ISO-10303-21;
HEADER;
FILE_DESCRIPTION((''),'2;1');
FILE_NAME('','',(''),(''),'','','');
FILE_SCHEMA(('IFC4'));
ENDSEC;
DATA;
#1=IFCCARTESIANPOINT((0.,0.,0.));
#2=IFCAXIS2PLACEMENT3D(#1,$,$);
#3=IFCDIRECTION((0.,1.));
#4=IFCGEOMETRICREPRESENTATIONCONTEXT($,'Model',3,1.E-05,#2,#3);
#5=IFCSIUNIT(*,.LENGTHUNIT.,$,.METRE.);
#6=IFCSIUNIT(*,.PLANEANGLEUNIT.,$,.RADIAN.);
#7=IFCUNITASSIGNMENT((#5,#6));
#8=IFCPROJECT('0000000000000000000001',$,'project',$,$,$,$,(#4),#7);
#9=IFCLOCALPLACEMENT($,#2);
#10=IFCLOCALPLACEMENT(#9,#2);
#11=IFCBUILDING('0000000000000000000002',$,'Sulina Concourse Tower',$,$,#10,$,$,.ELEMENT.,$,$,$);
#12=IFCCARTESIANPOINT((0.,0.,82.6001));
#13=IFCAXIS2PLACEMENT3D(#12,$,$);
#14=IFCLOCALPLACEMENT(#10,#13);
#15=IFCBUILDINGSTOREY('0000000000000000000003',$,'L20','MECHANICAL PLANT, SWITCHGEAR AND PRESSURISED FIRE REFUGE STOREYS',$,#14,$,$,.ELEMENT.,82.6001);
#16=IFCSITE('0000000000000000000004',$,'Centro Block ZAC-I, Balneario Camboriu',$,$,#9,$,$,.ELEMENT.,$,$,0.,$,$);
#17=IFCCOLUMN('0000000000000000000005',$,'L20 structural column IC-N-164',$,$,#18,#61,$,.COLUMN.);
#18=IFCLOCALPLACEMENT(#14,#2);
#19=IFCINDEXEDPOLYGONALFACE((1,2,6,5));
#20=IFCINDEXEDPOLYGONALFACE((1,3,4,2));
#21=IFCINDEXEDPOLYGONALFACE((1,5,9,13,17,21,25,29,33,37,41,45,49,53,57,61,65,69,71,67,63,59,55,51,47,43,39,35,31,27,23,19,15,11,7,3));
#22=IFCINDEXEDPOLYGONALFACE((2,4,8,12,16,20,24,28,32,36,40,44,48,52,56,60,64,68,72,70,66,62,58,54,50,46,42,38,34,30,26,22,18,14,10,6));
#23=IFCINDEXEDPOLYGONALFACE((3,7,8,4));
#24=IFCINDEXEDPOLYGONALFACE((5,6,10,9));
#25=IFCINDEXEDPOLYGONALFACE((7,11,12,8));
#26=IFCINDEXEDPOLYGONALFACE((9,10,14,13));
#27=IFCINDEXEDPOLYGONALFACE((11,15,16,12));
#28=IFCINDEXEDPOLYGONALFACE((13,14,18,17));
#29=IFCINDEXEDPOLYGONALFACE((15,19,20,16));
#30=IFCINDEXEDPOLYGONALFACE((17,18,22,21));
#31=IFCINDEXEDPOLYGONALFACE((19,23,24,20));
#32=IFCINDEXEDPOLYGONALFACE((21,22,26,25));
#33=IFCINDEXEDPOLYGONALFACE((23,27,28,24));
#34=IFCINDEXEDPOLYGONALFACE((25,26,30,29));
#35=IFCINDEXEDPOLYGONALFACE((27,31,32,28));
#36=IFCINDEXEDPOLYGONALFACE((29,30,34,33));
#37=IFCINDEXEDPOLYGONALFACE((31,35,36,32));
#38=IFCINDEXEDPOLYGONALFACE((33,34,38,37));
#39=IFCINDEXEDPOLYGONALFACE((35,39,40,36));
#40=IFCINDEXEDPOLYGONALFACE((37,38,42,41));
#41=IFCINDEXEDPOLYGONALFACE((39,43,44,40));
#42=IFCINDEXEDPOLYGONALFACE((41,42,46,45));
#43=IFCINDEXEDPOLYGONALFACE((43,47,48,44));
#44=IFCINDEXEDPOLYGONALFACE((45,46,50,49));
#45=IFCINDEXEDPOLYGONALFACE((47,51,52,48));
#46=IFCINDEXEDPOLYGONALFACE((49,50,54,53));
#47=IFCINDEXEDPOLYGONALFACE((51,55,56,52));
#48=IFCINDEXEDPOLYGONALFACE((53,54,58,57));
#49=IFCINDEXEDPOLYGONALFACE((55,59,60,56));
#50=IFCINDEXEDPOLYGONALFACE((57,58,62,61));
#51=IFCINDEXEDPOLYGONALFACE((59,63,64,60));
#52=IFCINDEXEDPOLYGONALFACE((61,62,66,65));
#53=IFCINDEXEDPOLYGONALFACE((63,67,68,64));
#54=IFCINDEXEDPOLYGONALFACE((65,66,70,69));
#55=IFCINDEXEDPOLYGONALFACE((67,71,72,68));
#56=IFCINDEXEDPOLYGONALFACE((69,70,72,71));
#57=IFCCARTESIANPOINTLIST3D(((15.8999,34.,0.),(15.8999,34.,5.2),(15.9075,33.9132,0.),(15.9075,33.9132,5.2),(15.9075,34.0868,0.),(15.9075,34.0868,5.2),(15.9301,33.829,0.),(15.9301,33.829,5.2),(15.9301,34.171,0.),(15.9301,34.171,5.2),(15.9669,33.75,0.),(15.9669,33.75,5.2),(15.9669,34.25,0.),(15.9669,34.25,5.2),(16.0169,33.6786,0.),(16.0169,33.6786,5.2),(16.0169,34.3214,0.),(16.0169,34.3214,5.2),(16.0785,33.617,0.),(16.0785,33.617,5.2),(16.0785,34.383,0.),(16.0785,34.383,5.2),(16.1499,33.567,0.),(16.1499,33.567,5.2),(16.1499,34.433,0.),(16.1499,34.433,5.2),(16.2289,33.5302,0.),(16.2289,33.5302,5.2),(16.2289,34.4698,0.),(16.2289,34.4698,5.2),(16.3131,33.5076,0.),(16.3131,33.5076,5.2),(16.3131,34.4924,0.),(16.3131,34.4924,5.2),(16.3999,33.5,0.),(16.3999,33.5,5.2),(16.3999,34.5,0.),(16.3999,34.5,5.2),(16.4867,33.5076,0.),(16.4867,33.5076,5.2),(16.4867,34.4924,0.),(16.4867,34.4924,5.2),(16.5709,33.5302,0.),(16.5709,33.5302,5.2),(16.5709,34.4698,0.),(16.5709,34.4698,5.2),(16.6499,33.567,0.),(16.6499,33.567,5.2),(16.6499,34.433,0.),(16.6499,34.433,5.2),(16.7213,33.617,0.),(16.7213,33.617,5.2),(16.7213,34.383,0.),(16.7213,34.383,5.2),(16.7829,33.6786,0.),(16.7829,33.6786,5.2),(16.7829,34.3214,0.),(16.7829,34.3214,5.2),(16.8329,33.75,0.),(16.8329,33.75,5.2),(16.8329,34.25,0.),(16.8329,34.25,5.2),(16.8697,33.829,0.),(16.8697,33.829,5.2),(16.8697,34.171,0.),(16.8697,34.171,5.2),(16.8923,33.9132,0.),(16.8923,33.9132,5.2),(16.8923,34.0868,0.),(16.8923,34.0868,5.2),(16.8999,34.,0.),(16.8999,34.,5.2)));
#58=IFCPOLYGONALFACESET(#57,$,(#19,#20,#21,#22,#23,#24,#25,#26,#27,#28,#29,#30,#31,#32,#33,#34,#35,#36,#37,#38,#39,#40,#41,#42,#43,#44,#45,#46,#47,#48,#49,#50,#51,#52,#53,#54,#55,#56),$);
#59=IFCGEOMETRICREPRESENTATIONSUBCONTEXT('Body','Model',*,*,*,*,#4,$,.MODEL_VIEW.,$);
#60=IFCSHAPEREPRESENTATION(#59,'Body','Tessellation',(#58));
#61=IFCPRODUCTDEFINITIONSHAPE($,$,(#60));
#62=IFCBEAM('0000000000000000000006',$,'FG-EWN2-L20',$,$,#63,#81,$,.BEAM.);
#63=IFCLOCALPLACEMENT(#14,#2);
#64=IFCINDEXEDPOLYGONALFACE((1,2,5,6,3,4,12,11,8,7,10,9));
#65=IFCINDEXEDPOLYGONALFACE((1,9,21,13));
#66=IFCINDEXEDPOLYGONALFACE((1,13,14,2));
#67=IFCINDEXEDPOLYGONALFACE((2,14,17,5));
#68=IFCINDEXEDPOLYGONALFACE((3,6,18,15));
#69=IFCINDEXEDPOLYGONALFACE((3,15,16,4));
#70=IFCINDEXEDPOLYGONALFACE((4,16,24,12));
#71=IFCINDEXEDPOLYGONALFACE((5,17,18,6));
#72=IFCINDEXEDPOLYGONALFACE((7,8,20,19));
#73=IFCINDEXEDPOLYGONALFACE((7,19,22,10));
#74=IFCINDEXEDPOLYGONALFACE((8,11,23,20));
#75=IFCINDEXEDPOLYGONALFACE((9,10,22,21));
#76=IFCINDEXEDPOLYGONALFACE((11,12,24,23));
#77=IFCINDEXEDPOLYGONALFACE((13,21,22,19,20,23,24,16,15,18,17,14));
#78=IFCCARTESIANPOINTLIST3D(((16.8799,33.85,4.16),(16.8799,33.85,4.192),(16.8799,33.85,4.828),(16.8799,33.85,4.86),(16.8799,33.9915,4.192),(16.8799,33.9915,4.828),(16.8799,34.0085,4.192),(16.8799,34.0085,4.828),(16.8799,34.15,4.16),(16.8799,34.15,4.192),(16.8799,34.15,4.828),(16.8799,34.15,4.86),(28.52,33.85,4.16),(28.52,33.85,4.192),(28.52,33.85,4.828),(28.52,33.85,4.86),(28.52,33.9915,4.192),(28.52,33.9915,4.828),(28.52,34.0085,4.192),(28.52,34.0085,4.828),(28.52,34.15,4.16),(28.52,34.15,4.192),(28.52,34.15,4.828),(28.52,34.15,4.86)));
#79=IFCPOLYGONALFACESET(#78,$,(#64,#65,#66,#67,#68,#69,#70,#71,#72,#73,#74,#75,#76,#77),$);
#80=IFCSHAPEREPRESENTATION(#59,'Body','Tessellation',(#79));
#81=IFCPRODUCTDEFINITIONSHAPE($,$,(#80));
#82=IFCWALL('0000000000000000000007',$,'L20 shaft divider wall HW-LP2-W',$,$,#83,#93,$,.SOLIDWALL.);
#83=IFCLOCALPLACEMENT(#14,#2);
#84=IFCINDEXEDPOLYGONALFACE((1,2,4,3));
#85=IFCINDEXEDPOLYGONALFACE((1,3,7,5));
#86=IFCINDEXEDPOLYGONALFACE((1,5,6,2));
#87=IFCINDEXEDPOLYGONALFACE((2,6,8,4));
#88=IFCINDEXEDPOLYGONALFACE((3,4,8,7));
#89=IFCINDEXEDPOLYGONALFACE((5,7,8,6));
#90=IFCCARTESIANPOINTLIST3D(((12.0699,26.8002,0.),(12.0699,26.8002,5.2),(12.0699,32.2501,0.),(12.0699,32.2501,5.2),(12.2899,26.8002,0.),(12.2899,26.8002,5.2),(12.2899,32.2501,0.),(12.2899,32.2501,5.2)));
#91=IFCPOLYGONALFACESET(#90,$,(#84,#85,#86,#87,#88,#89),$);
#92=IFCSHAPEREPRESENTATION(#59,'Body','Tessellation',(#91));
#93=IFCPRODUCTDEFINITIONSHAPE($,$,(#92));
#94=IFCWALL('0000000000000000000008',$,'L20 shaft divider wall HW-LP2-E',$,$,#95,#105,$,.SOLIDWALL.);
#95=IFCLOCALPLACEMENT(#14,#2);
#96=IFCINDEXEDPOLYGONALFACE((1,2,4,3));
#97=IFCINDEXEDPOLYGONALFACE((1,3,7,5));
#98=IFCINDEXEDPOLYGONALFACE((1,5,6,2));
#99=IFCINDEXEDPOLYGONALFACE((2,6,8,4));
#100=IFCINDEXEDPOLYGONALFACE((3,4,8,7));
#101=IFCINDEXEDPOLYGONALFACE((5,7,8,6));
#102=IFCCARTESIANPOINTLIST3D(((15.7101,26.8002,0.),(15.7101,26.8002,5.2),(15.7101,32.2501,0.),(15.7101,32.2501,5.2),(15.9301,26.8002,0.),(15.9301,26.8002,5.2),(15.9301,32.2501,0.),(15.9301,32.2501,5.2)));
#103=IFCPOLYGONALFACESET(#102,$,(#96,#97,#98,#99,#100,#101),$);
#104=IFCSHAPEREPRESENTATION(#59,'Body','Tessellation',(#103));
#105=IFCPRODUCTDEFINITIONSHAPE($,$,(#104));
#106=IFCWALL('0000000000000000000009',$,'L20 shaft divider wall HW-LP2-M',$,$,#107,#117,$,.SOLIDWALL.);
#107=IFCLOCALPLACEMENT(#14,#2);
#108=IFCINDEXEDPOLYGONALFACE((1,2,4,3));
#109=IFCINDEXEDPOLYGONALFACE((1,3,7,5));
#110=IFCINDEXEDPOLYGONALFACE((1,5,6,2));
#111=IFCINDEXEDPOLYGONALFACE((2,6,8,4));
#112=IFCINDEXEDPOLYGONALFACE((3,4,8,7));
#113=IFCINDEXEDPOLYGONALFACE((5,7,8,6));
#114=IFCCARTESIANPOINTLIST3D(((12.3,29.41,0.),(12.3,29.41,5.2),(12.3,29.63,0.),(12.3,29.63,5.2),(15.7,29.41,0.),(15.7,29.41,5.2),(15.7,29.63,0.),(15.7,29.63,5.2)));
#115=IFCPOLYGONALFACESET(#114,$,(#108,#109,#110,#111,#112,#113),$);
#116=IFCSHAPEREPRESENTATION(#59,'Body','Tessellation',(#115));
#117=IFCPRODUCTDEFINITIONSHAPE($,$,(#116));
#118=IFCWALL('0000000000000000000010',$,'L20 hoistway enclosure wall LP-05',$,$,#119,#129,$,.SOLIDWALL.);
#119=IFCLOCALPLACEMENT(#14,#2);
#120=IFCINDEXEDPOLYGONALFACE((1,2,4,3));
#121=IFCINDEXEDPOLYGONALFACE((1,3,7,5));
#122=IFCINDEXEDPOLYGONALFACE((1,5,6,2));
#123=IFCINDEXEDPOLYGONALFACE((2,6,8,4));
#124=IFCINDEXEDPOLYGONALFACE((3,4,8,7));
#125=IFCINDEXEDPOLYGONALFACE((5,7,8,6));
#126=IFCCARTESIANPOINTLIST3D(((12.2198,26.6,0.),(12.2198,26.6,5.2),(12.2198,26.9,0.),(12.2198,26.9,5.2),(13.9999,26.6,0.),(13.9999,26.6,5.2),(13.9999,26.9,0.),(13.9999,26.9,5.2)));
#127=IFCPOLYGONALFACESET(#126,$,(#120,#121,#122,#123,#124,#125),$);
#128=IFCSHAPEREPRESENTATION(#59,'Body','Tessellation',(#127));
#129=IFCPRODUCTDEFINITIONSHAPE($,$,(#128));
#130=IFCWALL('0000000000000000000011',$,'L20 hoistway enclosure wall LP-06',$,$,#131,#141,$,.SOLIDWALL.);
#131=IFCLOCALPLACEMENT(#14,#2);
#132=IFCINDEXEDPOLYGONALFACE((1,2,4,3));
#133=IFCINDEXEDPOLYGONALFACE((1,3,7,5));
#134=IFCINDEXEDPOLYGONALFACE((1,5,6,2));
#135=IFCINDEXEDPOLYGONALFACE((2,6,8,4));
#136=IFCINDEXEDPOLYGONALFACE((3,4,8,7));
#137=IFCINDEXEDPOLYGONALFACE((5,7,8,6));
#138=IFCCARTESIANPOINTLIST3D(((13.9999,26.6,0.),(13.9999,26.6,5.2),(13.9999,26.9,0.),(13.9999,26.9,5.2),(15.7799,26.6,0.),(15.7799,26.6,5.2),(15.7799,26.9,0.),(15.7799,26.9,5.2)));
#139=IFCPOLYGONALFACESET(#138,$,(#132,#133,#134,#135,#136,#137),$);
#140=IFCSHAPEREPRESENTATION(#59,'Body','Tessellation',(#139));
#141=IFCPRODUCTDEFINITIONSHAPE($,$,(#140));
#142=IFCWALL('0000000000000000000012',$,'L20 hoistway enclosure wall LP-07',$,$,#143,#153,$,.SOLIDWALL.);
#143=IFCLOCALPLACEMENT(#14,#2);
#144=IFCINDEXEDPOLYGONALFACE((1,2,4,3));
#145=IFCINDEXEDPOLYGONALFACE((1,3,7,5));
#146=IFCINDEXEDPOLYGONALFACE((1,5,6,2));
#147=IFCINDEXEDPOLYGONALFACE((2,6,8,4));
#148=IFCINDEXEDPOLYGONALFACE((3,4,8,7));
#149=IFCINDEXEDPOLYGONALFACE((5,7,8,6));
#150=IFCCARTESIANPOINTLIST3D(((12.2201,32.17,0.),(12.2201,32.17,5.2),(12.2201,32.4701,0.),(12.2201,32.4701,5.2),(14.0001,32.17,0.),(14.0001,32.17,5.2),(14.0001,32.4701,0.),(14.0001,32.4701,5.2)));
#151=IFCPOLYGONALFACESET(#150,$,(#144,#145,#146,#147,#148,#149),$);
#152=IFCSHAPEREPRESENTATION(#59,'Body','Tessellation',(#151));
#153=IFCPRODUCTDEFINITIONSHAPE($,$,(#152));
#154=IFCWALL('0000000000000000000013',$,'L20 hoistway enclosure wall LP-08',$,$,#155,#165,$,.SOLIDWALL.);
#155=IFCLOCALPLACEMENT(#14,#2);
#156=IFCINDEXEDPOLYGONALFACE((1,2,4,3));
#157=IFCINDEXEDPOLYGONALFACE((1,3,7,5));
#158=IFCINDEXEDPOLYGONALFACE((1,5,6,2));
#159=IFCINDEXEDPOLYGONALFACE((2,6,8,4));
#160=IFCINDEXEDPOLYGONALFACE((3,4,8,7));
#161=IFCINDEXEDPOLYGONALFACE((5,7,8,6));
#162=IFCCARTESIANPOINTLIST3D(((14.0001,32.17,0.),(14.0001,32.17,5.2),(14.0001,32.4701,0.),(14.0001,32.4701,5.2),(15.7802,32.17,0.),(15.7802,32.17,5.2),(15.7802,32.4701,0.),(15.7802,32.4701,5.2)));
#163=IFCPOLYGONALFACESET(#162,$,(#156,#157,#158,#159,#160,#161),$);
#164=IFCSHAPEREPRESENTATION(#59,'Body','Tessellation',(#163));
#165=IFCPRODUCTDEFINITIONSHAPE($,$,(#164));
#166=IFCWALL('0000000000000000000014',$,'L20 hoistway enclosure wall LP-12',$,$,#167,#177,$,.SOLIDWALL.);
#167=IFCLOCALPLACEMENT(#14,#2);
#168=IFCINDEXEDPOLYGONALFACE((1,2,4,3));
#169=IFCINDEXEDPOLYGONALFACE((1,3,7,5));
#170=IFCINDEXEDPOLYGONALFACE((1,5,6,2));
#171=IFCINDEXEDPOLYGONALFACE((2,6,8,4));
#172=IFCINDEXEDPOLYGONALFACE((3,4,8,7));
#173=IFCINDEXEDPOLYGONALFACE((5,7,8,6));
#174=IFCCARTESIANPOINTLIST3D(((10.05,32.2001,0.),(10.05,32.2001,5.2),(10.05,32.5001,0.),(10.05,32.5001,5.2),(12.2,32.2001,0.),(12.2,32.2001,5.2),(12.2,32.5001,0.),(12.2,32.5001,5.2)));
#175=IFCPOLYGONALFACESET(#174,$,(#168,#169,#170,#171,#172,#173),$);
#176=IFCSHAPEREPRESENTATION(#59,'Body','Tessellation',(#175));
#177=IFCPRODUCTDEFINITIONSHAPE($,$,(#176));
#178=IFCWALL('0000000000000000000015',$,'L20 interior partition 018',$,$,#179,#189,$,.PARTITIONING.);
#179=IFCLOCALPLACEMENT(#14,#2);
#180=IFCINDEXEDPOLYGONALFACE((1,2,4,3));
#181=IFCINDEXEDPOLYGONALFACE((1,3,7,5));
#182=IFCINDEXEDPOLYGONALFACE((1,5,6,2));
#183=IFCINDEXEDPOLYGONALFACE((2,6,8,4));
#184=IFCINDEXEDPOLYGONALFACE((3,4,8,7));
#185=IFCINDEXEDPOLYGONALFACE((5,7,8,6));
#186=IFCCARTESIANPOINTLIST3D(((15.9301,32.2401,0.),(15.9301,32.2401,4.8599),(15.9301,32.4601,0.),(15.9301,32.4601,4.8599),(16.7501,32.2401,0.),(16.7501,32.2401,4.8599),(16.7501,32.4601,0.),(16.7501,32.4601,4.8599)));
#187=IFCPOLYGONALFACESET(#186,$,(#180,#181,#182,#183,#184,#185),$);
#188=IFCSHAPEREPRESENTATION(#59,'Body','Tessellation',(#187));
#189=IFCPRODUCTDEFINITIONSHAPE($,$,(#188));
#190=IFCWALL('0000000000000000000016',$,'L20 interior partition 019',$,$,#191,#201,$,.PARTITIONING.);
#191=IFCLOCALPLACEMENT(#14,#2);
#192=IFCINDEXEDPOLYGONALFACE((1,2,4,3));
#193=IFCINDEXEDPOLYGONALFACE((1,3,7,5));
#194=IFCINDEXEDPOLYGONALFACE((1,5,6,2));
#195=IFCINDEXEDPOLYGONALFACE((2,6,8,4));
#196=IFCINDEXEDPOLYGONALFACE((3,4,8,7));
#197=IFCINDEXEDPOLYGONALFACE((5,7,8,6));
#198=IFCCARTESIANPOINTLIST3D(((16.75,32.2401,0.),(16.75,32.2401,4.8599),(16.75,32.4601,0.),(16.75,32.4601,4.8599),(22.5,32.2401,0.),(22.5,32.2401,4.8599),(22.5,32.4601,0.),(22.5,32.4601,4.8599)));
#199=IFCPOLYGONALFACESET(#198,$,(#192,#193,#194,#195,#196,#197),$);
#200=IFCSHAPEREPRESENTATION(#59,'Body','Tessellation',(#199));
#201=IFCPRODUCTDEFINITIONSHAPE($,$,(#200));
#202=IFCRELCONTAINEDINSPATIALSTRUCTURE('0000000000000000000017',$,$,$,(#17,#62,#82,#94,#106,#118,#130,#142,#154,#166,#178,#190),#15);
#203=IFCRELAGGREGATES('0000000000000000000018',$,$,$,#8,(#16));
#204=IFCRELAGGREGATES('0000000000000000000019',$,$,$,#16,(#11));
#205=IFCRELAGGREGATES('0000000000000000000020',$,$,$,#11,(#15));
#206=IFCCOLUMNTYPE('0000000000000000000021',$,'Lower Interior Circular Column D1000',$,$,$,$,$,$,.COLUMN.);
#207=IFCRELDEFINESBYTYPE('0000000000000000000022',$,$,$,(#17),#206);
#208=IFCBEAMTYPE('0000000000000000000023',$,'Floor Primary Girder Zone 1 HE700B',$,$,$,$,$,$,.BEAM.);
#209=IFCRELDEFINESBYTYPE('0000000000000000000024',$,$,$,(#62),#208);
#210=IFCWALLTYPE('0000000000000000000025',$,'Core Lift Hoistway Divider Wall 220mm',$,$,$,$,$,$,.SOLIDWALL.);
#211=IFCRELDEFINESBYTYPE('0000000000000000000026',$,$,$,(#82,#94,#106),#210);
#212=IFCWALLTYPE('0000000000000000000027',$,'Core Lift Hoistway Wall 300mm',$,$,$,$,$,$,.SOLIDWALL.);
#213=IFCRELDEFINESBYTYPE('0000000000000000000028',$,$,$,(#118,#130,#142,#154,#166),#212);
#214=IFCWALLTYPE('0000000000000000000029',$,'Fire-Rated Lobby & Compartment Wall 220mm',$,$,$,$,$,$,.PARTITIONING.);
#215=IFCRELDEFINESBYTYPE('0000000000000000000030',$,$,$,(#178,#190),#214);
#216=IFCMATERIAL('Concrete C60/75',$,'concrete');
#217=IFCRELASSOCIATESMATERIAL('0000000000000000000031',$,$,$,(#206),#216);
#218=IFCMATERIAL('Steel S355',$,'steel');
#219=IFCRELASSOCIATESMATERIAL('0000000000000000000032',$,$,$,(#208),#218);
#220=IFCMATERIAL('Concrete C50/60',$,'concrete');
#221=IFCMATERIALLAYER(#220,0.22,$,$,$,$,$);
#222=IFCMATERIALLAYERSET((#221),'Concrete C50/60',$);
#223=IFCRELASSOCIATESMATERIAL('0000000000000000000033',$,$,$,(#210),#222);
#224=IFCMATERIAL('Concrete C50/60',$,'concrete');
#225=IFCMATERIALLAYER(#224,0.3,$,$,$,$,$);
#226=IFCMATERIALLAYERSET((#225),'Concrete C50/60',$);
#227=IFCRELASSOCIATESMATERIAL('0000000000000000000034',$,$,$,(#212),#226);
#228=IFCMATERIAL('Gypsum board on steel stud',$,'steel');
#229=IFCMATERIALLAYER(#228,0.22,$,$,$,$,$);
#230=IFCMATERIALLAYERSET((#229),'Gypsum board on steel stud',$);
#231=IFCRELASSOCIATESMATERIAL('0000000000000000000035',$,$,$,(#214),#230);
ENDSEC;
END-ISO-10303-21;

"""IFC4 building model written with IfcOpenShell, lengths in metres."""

from ifc_helpers import new_model, si_unit, direction, frame, frame_2d, origin, origin_2d, place, context, subcontext, project, spatial, rectangle, circle, i_section, extrude, material, layer, layer_set, material_profile, profile_set, type_object, element, save


model = new_model("IFC4")

# Units and contexts
model_context = context("Model", 3, precision=1e-05, world=origin(), true_north=direction((0.0, 1.0)))
body_context = subcontext(model_context, "Body", "Model", "MODEL_VIEW")
ifc_project = project(units=[si_unit("LENGTHUNIT", "METRE"), si_unit("PLANEANGLEUNIT", "RADIAN")], contexts=[model_context])

# Site, building, storey
site_placement = place(None, origin())
site = spatial("IfcSite", under=ifc_project, at=site_placement, Name="Centro Block ZAC-I, Balneario Camboriu", CompositionType="ELEMENT", RefElevation=0.0)
building_placement = place(site_placement, origin())
building = spatial("IfcBuilding", under=site, at=building_placement, Name="Sulina Concourse Tower", CompositionType="ELEMENT")
storey_placement = place(building_placement, frame((0.0, 0.0, 82.6001)))
storey = spatial("IfcBuildingStorey", under=building, at=storey_placement, Name="L20", Description="MECHANICAL PLANT, SWITCHGEAR AND PRESSURISED FIRE REFUGE STOREYS", CompositionType="ELEMENT", Elevation=82.6001)

# Column
ifc_material_1 = material(Name="Concrete C60/75", Category="concrete")
ifc_material_profile_1 = material_profile(ifc_material_1, circle(Radius=0.5, at=origin_2d()), Name="RC D1000")
ifc_profile_set_1 = profile_set([ifc_material_profile_1], Name="Concrete C60/75")
column_type = type_object("IfcColumnType", Name="Lower Interior Circular Column D1000", PredefinedType="COLUMN", material=ifc_profile_set_1)
column_placement = place(storey_placement, frame((16.3999, 34.0, 0.0), z_axis=(0.0, 0.0, 1.0), x_axis=(1.0, 0.0, 0.0)))
element("IfcColumn", 1, at=column_placement, inside=storey, type_object=column_type, Name="L20 structural column IC-N-164", PredefinedType="COLUMN", context=body_context, shape_type="SweptSolid", body=[
    extrude(circle(Radius=0.5, at=origin_2d()), origin(), (0.0, 0.0, 1.0), 5.2),
])

# Beam
ifc_material_2 = material(Name="Steel S355", Category="steel")
ifc_material_profile_2 = material_profile(ifc_material_2, i_section(OverallWidth=0.3, OverallDepth=0.7, WebThickness=0.0171, FlangeThickness=0.032, at=origin_2d()), Name="HE 700 B")
ifc_profile_set_2 = profile_set([ifc_material_profile_2], Name="Steel S355")
beam_type = type_object("IfcBeamType", Name="Floor Primary Girder Zone 1 HE700B", PredefinedType="BEAM", material=ifc_profile_set_2)
beam_placement = place(storey_placement, frame((16.8799, 34.0, 4.51), z_axis=(1.0, 0.0, 0.0), x_axis=(0.0, 1.0, 0.0)))
element("IfcBeam", 2, at=beam_placement, inside=storey, type_object=beam_type, Name="FG-EWN2-L20", PredefinedType="BEAM", context=body_context, shape_type="SweptSolid", body=[
    extrude(i_section(OverallWidth=0.3, OverallDepth=0.7, WebThickness=0.0171, FlangeThickness=0.032, at=origin_2d()), origin(), (0.0, 0.0, 1.0), 11.6401),
])

# Walls
ifc_material_3 = material(Name="Concrete C50/60", Category="concrete")
ifc_layer_1 = layer(ifc_material_3, 0.22)
ifc_layer_set_1 = layer_set([ifc_layer_1], Name="Concrete C50/60")
wall_type_1 = type_object("IfcWallType", Name="Core Lift Hoistway Divider Wall 220mm", PredefinedType="SOLIDWALL", material=ifc_layer_set_1)
for number, where, z_axis, x_axis, name in (
    (3, (12.1799, 26.8, 0.0), (0.0, 0.0, 1.0), (0.0, 1.0, 0.0), "L20 shaft divider wall HW-LP2-W"),
    (4, (15.8201, 26.8, 0.0), (0.0, 0.0, 1.0), (0.0, 1.0, 0.0), "L20 shaft divider wall HW-LP2-E"),
):
    element("IfcWall", number, at=place(storey_placement, frame(where, z_axis=z_axis, x_axis=x_axis)), inside=storey, type_object=wall_type_1, Name=name, PredefinedType="SOLIDWALL", context=body_context, shape_type="SweptSolid", body=[
        extrude(rectangle(XDim=5.45, YDim=0.22, at=frame_2d((2.7251, 0.0))), origin(), (0.0, 0.0, 1.0), 5.2),
    ])
wall_1_placement = place(storey_placement, frame((12.3, 29.52, 0.0), z_axis=(0.0, 0.0, 1.0), x_axis=(1.0, 0.0, 0.0)))
element("IfcWall", 5, at=wall_1_placement, inside=storey, type_object=wall_type_1, Name="L20 shaft divider wall HW-LP2-M", PredefinedType="SOLIDWALL", context=body_context, shape_type="SweptSolid", body=[
    extrude(rectangle(XDim=3.3999, YDim=0.22, at=frame_2d((1.7, 0.0))), origin(), (0.0, 0.0, 1.0), 5.2),
])
ifc_material_4 = material(Name="Concrete C50/60", Category="concrete")
ifc_layer_2 = layer(ifc_material_4, 0.3)
ifc_layer_set_2 = layer_set([ifc_layer_2], Name="Concrete C50/60")
wall_type_2 = type_object("IfcWallType", Name="Core Lift Hoistway Wall 300mm", PredefinedType="SOLIDWALL", material=ifc_layer_set_2)
for number, where, z_axis, x_axis, name in (
    (6, (14.0, 26.75, 0.0), (0.0, 0.0, 1.0), (-1.0, 0.0, 0.0), "L20 hoistway enclosure wall LP-05"),
    (7, (15.78, 26.75, 0.0), (0.0, 0.0, 1.0), (-1.0, 0.0, 0.0), "L20 hoistway enclosure wall LP-06"),
    (8, (12.22, 32.3201, 0.0), (0.0, 0.0, 1.0), (1.0, 0.0, 0.0), "L20 hoistway enclosure wall LP-07"),
    (9, (14.0, 32.3201, 0.0), (0.0, 0.0, 1.0), (1.0, 0.0, 0.0), "L20 hoistway enclosure wall LP-08"),
):
    element("IfcWall", number, at=place(storey_placement, frame(where, z_axis=z_axis, x_axis=x_axis)), inside=storey, type_object=wall_type_2, Name=name, PredefinedType="SOLIDWALL", context=body_context, shape_type="SweptSolid", body=[
        extrude(rectangle(XDim=1.78, YDim=0.3, at=frame_2d((0.8901, 0.0))), origin(), (0.0, 0.0, 1.0), 5.2),
    ])
wall_2_placement = place(storey_placement, frame((10.05, 32.3501, 0.0), z_axis=(0.0, 0.0, 1.0), x_axis=(1.0, 0.0, 0.0)))
element("IfcWall", 10, at=wall_2_placement, inside=storey, type_object=wall_type_2, Name="L20 hoistway enclosure wall LP-12", PredefinedType="SOLIDWALL", context=body_context, shape_type="SweptSolid", body=[
    extrude(rectangle(XDim=2.1499, YDim=0.3, at=frame_2d((1.075, 0.0))), origin(), (0.0, 0.0, 1.0), 5.2),
])
ifc_material_5 = material(Name="Gypsum board on steel stud", Category="steel")
ifc_layer_3 = layer(ifc_material_5, 0.22)
ifc_layer_set_3 = layer_set([ifc_layer_3], Name="Gypsum board on steel stud")
wall_type_3 = type_object("IfcWallType", Name="Fire-Rated Lobby & Compartment Wall 220mm", PredefinedType="PARTITIONING", material=ifc_layer_set_3)
wall_3_placement = place(storey_placement, frame((15.9299, 32.3501, 0.0), z_axis=(0.0, 0.0, 1.0), x_axis=(1.0, 0.0, 0.0)))
element("IfcWall", 11, at=wall_3_placement, inside=storey, type_object=wall_type_3, Name="L20 interior partition 018", PredefinedType="PARTITIONING", context=body_context, shape_type="SweptSolid", body=[
    extrude(rectangle(XDim=0.8201, YDim=0.22, at=frame_2d((0.4102, 0.0))), origin(), (0.0, 0.0, 1.0), 4.8599),
])
wall_4_placement = place(storey_placement, frame((16.75, 32.3501, 0.0), z_axis=(0.0, 0.0, 1.0), x_axis=(1.0, 0.0, 0.0)))
element("IfcWall", 12, at=wall_4_placement, inside=storey, type_object=wall_type_3, Name="L20 interior partition 019", PredefinedType="PARTITIONING", context=body_context, shape_type="SweptSolid", body=[
    extrude(rectangle(XDim=5.75, YDim=0.22, at=frame_2d((2.875, 0.0))), origin(), (0.0, 0.0, 1.0), 4.8599),
])

save(model, "model.ifc")
